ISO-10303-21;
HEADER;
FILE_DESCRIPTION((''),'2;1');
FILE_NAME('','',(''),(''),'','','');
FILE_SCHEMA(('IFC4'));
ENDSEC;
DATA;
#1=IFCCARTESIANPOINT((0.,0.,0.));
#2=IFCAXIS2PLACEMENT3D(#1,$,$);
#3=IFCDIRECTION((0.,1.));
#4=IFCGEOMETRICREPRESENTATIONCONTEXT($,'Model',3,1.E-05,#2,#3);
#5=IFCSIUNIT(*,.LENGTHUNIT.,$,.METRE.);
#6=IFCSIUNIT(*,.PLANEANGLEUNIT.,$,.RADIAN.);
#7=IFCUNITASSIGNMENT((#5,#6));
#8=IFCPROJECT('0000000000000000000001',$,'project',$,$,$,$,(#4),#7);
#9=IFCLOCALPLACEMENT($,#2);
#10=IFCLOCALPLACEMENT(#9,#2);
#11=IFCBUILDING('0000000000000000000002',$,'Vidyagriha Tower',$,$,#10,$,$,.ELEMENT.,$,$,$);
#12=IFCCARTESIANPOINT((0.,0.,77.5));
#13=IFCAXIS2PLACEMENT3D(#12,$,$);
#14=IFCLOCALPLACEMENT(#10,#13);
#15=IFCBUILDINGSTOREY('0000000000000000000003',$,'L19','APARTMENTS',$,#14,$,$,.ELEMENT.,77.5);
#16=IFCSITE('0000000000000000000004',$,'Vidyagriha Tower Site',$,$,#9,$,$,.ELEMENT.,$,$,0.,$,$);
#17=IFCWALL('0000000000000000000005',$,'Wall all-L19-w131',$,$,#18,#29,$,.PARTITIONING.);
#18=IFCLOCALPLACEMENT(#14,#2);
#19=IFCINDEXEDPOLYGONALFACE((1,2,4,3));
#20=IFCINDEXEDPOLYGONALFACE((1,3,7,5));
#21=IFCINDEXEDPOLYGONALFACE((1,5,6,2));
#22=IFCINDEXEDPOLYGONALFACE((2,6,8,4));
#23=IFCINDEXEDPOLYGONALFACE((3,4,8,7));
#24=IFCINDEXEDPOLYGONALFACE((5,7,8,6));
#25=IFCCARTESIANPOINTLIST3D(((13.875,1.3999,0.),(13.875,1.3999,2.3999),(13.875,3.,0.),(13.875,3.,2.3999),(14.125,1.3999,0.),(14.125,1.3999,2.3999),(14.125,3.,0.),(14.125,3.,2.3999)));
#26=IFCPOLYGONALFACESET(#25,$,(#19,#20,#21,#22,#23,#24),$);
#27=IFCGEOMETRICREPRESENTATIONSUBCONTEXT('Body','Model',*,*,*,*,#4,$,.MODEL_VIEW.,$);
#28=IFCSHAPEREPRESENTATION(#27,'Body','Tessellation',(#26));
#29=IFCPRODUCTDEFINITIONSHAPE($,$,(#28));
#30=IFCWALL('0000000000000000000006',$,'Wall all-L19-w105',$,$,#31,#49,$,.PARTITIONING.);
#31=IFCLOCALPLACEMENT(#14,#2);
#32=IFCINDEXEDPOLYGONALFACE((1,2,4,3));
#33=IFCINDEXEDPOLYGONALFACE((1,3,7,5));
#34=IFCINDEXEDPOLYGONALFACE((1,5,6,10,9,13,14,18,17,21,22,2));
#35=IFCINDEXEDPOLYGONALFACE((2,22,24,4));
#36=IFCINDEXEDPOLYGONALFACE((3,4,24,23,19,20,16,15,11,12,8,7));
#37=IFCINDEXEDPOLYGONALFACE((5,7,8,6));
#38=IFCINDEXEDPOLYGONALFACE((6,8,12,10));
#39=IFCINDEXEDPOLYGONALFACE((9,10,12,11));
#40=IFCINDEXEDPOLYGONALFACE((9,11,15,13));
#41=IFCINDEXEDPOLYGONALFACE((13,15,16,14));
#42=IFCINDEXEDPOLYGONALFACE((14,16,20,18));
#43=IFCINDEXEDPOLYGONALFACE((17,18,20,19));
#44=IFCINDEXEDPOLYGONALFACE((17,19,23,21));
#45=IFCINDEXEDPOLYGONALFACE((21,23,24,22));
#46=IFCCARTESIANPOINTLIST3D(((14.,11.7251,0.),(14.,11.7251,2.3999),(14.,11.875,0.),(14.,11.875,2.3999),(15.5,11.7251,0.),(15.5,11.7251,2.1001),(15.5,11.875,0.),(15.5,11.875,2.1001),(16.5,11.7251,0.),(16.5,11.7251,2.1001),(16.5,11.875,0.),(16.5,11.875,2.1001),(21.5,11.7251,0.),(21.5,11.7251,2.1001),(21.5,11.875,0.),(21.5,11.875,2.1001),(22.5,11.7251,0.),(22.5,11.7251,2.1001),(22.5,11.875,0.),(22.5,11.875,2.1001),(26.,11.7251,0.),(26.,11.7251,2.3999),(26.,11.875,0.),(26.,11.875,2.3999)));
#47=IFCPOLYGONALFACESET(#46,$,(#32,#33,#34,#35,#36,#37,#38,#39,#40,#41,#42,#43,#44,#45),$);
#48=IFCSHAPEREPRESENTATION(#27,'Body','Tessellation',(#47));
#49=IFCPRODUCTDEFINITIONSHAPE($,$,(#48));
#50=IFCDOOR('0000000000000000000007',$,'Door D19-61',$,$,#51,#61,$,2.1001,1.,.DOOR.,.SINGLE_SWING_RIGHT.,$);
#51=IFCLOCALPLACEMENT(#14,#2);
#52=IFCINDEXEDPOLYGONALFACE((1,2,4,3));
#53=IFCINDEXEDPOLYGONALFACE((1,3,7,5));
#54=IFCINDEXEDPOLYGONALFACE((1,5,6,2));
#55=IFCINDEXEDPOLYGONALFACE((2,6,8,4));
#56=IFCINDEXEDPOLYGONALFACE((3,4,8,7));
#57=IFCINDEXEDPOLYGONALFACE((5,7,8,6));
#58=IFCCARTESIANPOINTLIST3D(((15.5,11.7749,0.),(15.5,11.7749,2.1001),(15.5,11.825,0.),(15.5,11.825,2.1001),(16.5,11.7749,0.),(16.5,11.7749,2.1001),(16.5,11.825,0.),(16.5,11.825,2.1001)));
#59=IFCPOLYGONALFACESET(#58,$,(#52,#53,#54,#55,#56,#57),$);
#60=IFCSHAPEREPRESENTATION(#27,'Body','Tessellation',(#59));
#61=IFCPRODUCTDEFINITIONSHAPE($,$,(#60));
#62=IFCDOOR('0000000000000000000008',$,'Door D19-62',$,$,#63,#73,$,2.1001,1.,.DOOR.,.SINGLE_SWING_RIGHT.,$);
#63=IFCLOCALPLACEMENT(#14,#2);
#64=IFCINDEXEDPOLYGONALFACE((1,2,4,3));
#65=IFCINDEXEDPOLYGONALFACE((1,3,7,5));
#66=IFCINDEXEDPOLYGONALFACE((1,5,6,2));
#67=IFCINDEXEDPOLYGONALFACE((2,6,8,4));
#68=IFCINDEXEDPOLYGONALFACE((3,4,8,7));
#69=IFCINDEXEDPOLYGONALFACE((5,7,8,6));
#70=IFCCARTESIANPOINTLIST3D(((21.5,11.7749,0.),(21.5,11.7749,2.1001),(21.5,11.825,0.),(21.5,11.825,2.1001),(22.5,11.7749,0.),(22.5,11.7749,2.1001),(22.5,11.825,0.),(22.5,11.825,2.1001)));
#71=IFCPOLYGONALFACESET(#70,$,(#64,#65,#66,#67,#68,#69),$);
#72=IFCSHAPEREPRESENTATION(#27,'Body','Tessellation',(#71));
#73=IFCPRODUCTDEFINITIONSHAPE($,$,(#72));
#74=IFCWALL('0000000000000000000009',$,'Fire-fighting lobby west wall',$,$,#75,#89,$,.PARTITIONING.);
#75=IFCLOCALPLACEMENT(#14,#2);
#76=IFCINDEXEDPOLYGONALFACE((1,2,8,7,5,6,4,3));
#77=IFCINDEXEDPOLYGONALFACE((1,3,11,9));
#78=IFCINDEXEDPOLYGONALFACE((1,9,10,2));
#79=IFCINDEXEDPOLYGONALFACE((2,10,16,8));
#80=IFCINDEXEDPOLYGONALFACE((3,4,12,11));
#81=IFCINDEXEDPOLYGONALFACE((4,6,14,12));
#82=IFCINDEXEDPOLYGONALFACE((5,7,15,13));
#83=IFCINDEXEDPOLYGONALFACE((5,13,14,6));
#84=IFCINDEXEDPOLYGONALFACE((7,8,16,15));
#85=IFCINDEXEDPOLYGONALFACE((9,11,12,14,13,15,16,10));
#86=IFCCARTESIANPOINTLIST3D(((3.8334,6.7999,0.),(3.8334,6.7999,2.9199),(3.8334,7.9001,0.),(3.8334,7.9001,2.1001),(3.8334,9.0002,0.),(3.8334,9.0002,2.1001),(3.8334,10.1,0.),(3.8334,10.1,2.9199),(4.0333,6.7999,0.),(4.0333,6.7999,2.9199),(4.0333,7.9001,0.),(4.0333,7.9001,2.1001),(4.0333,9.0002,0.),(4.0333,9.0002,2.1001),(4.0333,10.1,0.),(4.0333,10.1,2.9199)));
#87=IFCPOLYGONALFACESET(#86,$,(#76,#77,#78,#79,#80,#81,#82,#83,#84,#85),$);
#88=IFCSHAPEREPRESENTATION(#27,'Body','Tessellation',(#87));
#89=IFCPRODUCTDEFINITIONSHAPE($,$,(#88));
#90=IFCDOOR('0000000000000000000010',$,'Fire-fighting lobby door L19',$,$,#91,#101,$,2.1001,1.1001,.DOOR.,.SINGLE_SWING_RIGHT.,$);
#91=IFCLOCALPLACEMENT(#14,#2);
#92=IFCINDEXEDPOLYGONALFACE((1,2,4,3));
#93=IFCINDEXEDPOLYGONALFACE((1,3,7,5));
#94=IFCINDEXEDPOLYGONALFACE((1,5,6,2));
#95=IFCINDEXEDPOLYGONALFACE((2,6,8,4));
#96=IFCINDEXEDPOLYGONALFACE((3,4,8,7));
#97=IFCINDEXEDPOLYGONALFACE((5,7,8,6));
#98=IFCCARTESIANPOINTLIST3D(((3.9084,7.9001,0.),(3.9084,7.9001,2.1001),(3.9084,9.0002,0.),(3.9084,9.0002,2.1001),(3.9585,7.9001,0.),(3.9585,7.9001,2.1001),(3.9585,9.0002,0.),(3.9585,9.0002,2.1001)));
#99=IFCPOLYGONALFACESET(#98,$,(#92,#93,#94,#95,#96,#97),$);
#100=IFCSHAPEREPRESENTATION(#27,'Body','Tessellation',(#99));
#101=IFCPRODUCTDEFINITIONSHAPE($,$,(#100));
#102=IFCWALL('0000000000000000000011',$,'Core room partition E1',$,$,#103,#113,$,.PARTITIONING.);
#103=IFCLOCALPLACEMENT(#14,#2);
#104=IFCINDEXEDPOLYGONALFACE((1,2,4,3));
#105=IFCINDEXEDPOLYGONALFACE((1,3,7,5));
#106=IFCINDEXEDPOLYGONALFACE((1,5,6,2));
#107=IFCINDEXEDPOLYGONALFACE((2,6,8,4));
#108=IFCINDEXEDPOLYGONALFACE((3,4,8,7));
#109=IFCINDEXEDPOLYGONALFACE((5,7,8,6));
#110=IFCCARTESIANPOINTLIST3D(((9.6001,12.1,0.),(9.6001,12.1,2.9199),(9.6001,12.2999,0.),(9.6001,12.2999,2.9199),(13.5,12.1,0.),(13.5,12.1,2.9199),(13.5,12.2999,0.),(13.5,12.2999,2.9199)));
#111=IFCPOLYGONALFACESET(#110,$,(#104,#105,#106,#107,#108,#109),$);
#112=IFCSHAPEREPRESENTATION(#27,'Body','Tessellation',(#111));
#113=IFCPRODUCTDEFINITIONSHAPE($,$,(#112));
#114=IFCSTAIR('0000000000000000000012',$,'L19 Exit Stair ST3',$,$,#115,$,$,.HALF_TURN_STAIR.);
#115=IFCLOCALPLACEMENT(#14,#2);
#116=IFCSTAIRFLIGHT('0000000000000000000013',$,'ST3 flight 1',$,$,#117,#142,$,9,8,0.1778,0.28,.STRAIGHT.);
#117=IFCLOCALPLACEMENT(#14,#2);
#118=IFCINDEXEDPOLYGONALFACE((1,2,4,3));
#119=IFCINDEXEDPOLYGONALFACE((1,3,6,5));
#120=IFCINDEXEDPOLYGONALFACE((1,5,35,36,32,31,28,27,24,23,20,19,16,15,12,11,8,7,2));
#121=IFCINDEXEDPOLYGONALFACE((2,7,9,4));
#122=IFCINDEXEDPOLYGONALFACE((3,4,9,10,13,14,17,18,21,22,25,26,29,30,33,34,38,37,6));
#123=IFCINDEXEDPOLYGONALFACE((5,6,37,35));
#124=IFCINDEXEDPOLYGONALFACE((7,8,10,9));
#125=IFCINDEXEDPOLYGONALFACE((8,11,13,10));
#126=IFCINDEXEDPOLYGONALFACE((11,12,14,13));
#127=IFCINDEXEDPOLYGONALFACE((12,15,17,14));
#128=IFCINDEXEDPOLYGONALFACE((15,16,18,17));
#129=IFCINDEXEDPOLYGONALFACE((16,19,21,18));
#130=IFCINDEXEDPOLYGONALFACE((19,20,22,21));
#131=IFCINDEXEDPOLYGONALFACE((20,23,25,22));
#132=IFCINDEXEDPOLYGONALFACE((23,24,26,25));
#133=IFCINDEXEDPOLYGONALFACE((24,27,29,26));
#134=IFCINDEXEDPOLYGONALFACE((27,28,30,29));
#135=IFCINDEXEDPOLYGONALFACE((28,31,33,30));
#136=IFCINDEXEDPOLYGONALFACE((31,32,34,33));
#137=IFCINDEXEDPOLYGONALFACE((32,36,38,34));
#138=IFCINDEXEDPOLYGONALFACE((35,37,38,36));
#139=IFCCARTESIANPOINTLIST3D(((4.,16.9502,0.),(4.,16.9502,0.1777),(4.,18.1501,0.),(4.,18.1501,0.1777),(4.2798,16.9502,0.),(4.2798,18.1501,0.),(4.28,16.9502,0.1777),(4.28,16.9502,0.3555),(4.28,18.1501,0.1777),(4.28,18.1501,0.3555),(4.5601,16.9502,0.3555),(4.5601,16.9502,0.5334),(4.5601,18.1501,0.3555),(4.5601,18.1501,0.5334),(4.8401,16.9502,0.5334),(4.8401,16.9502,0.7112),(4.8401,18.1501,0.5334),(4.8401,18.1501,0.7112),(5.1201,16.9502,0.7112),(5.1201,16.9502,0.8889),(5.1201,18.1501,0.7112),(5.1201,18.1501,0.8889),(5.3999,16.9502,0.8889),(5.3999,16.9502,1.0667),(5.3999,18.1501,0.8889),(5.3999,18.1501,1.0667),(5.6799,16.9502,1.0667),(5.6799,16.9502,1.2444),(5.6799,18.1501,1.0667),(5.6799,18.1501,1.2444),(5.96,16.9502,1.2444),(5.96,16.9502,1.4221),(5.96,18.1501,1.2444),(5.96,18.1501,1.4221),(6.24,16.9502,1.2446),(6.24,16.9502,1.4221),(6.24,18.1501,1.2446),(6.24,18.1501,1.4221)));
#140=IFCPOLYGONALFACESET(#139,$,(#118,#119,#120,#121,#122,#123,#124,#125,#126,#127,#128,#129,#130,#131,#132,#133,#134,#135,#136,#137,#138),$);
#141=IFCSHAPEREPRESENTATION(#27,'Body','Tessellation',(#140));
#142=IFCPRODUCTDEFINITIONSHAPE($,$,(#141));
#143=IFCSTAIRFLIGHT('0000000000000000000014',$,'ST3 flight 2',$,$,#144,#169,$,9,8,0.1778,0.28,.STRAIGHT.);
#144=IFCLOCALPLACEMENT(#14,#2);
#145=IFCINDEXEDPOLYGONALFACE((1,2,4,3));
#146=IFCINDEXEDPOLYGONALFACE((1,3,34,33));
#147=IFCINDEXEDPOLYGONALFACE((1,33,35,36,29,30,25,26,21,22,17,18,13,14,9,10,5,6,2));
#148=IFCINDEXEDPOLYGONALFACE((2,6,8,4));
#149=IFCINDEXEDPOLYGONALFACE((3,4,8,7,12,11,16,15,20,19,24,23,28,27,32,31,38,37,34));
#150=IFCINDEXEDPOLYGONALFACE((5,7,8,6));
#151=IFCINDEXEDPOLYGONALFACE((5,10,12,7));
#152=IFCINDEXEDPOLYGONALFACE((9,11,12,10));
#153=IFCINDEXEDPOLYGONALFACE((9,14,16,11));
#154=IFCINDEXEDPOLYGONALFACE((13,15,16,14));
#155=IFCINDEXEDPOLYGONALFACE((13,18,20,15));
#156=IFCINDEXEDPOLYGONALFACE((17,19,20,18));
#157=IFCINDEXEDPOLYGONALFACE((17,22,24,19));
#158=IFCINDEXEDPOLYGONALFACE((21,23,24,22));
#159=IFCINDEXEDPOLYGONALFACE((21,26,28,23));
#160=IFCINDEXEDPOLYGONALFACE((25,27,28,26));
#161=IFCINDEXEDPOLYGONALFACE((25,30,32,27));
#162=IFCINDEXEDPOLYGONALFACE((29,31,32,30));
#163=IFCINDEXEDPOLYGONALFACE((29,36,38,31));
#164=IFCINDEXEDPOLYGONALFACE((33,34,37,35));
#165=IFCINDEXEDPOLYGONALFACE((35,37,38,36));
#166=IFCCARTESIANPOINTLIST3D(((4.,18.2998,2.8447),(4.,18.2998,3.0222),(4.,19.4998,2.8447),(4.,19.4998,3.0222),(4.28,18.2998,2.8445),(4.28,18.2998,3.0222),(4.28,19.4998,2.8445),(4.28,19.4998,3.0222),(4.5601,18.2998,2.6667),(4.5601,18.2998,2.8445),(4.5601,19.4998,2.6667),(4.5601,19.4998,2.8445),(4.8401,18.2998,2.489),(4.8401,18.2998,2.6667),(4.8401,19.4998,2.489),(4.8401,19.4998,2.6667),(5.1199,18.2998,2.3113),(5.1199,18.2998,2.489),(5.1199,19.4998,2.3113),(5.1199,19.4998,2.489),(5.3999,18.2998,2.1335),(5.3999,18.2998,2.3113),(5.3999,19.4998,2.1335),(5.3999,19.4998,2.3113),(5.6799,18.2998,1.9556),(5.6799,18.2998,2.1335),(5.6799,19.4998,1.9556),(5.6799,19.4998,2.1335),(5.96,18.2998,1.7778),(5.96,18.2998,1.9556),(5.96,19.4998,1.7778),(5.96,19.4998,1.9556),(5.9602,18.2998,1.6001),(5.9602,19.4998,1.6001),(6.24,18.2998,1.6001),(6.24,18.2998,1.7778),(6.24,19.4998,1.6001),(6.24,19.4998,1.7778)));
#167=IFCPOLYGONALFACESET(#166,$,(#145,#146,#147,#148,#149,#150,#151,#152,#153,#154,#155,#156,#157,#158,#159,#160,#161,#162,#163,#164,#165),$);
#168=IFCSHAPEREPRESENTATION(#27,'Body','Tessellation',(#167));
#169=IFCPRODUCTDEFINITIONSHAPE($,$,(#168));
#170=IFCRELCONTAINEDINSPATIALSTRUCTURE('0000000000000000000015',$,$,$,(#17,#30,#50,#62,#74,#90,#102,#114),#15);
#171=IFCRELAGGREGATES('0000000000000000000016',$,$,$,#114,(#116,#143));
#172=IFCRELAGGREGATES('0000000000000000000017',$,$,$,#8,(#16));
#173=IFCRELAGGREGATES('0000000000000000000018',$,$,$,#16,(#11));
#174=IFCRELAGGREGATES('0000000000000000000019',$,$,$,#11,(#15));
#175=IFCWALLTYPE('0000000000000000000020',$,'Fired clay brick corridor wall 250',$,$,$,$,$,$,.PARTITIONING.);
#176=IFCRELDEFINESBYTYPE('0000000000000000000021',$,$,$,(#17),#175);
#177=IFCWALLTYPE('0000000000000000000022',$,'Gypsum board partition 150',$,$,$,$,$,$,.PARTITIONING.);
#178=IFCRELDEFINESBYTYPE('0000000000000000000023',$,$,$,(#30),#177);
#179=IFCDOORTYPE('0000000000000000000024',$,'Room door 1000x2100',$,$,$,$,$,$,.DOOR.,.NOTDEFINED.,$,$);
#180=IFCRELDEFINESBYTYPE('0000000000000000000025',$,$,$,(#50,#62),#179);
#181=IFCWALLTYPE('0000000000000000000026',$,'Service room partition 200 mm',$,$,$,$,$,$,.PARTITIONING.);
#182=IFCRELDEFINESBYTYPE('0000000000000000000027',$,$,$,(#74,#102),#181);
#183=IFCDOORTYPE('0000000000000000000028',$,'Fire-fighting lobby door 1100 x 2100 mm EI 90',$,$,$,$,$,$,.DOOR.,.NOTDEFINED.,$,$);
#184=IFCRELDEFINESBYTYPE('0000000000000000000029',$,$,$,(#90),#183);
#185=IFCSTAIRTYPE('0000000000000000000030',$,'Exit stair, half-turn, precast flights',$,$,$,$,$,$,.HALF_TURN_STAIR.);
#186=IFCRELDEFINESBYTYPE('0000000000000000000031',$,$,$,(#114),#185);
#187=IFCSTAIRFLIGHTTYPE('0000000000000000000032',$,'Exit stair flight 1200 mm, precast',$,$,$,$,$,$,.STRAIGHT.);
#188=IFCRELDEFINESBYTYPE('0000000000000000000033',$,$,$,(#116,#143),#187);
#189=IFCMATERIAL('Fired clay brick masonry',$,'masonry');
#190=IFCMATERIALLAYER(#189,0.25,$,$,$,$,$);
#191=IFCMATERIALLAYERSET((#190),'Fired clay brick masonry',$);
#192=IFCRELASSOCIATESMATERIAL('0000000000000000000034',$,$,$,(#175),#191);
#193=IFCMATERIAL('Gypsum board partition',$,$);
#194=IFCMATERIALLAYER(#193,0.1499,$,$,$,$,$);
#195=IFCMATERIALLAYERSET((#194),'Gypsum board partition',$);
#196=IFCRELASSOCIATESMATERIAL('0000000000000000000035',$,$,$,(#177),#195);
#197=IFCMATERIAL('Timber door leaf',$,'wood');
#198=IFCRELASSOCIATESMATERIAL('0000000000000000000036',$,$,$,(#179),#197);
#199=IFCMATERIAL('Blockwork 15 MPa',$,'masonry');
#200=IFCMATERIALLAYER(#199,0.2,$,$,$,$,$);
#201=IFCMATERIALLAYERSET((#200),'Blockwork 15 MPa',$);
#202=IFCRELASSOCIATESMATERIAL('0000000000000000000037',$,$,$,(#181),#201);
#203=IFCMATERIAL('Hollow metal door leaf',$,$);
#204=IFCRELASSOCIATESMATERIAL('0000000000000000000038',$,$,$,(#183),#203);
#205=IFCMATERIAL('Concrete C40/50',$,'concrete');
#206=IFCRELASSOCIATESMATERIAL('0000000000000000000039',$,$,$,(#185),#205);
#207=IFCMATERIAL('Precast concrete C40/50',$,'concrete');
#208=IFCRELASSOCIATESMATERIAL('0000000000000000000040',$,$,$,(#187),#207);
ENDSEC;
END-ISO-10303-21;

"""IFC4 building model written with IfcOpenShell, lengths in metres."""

from ifc_helpers import new_model, si_unit, direction, frame, frame_2d, origin, place, context, subcontext, project, spatial, polyline, rectangle, outline, extrude, material, layer, layer_set, type_object, element, fill, aggregate, save


model = new_model("IFC4")

# Units and contexts
model_context = context("Model", 3, precision=1e-05, world=origin(), true_north=direction((0.0, 1.0)))
body_context = subcontext(model_context, "Body", "Model", "MODEL_VIEW")
ifc_project = project(units=[si_unit("LENGTHUNIT", "METRE"), si_unit("PLANEANGLEUNIT", "RADIAN")], contexts=[model_context])

# Site, building, storey
site_placement = place(None, origin())
site = spatial("IfcSite", under=ifc_project, at=site_placement, Name="Vidyagriha Tower Site", CompositionType="ELEMENT", RefElevation=0.0)
building_placement = place(site_placement, origin())
building = spatial("IfcBuilding", under=site, at=building_placement, Name="Vidyagriha Tower", CompositionType="ELEMENT")
storey_placement = place(building_placement, frame((0.0, 0.0, 77.5)))
storey = spatial("IfcBuildingStorey", under=building, at=storey_placement, Name="L19", Description="APARTMENTS", CompositionType="ELEMENT", Elevation=77.5)

# Wall
ifc_material_1 = material(Name="Fired clay brick masonry", Category="masonry")
ifc_layer_1 = layer(ifc_material_1, 0.25)
ifc_layer_set_1 = layer_set([ifc_layer_1], Name="Fired clay brick masonry")
wall_type_1 = type_object("IfcWallType", Name="Fired clay brick corridor wall 250", PredefinedType="PARTITIONING", material=ifc_layer_set_1)
wall_1_placement = place(storey_placement, frame((14.0, 1.3999, 0.0), z_axis=(0.0, 0.0, 1.0), x_axis=(0.0, 1.0, 0.0)))
element("IfcWall", 1, at=wall_1_placement, inside=storey, type_object=wall_type_1, Name="Wall all-L19-w131", PredefinedType="PARTITIONING", context=body_context, shape_type="SweptSolid", body=[
    extrude(rectangle(XDim=1.6001, YDim=0.25, at=frame_2d((0.8, 0.0))), origin(), (0.0, 0.0, 1.0), 2.3999),
])

# Wall, openings, doors
ifc_material_2 = material(Name="Gypsum board partition")
ifc_layer_2 = layer(ifc_material_2, 0.1499)
ifc_layer_set_2 = layer_set([ifc_layer_2], Name="Gypsum board partition")
wall_type_2 = type_object("IfcWallType", Name="Gypsum board partition 150", PredefinedType="PARTITIONING", material=ifc_layer_set_2)
wall_2_placement = place(storey_placement, frame((14.0, 11.8, 0.0)))
wall_2 = element("IfcWall", 2, at=wall_2_placement, inside=storey, type_object=wall_type_2, Name="Wall all-L19-w105", PredefinedType="PARTITIONING", context=body_context, shape_type="SweptSolid", body=[
    extrude(rectangle(XDim=12.0, YDim=0.1499, at=frame_2d((6.0, 0.0))), origin(), (0.0, 0.0, 1.0), 2.3999),
])
opening_1_placement = place(wall_2_placement, frame((1.5, 0.0, 0.0)))
opening_1 = element("IfcOpeningElement", 3, at=opening_1_placement, cuts=wall_2, PredefinedType="OPENING", context=body_context, shape_type="SweptSolid", body=[
    extrude(rectangle(XDim=1.0, YDim=2.1001, at=frame_2d((0.5, 1.05))), frame((0.0, 0.085, 0.0), z_axis=(0.0, -1.0, 0.0), x_axis=(1.0, 0.0, 0.0)), (0.0, 0.0, 1.0), 0.1699),
])
opening_2_placement = place(wall_2_placement, frame((7.5, 0.0, 0.0)))
opening_2 = element("IfcOpeningElement", 4, at=opening_2_placement, cuts=wall_2, PredefinedType="OPENING", context=body_context, shape_type="SweptSolid", body=[
    extrude(rectangle(XDim=1.0, YDim=2.1001, at=frame_2d((0.5, 1.05))), frame((0.0, 0.085, 0.0), z_axis=(0.0, -1.0, 0.0), x_axis=(1.0, 0.0, 0.0)), (0.0, 0.0, 1.0), 0.1699),
])
ifc_material_3 = material(Name="Timber door leaf", Category="wood")
door_type_1 = type_object("IfcDoorType", Name="Room door 1000x2100", OperationType="NOTDEFINED", PredefinedType="DOOR", material=ifc_material_3)
door_1_placement = place(opening_1_placement, origin())
door_1 = element("IfcDoor", 5, at=door_1_placement, inside=storey, type_object=door_type_1, Name="Door D19-61", OperationType="SINGLE_SWING_RIGHT", OverallHeight=2.1001, OverallWidth=1.0, PredefinedType="DOOR", context=body_context, shape_type="SweptSolid", body=[
    extrude(rectangle(XDim=1.0, YDim=2.1001, at=frame_2d((0.5, 1.05))), frame((0.0, 0.0249, 0.0), z_axis=(0.0, -1.0, 0.0), x_axis=(1.0, 0.0, 0.0)), (0.0, 0.0, 1.0), 0.05),
])
fill(opening_1, door_1)
door_2_placement = place(opening_2_placement, origin())
door_2 = element("IfcDoor", 6, at=door_2_placement, inside=storey, type_object=door_type_1, Name="Door D19-62", OperationType="SINGLE_SWING_RIGHT", OverallHeight=2.1001, OverallWidth=1.0, PredefinedType="DOOR", context=body_context, shape_type="SweptSolid", body=[
    extrude(rectangle(XDim=1.0, YDim=2.1001, at=frame_2d((0.5, 1.05))), frame((0.0, 0.0249, 0.0), z_axis=(0.0, -1.0, 0.0), x_axis=(1.0, 0.0, 0.0)), (0.0, 0.0, 1.0), 0.05),
])
fill(opening_2, door_2)

# Wall, opening, door
ifc_material_4 = material(Name="Blockwork 15 MPa", Category="masonry")
ifc_layer_3 = layer(ifc_material_4, 0.2)
ifc_layer_set_3 = layer_set([ifc_layer_3], Name="Blockwork 15 MPa")
wall_type_3 = type_object("IfcWallType", Name="Service room partition 200 mm", PredefinedType="PARTITIONING", material=ifc_layer_set_3)
wall_3_placement = place(storey_placement, frame((3.9333, 6.8, 0.0), z_axis=(0.0, 0.0, 1.0), x_axis=(0.0, 1.0, 0.0)))
wall_3 = element("IfcWall", 7, at=wall_3_placement, inside=storey, type_object=wall_type_3, Name="Fire-fighting lobby west wall", PredefinedType="PARTITIONING", context=body_context, shape_type="SweptSolid", body=[
    extrude(rectangle(XDim=3.3, YDim=0.2, at=frame_2d((1.6499, 0.0))), origin(), (0.0, 0.0, 1.0), 2.9199),
])
opening_3_placement = place(wall_3_placement, frame((1.1001, 0.0, 0.0)))
opening_3 = element("IfcOpeningElement", 8, at=opening_3_placement, cuts=wall_3, PredefinedType="OPENING", context=body_context, shape_type="SweptSolid", body=[
    extrude(rectangle(XDim=1.1001, YDim=2.1001, at=frame_2d((0.55, 1.05))), frame((0.0, 0.1099, 0.0), z_axis=(0.0, -1.0, 0.0), x_axis=(1.0, 0.0, 0.0)), (0.0, 0.0, 1.0), 0.22),
])
ifc_material_5 = material(Name="Hollow metal door leaf")
door_type_2 = type_object("IfcDoorType", Name="Fire-fighting lobby door 1100 x 2100 mm EI 90", OperationType="NOTDEFINED", PredefinedType="DOOR", material=ifc_material_5)
door_3_placement = place(opening_3_placement, origin())
door_3 = element("IfcDoor", 9, at=door_3_placement, inside=storey, type_object=door_type_2, Name="Fire-fighting lobby door L19", OperationType="SINGLE_SWING_RIGHT", OverallHeight=2.1001, OverallWidth=1.1001, PredefinedType="DOOR", context=body_context, shape_type="SweptSolid", body=[
    extrude(rectangle(XDim=1.1001, YDim=2.1001, at=frame_2d((0.55, 1.05))), frame((0.0, 0.0249, 0.0), z_axis=(0.0, -1.0, 0.0), x_axis=(1.0, 0.0, 0.0)), (0.0, 0.0, 1.0), 0.05),
])
fill(opening_3, door_3)

# Wall
wall_4_placement = place(storey_placement, frame((9.6001, 12.2, 0.0)))
element("IfcWall", 10, at=wall_4_placement, inside=storey, type_object=wall_type_3, Name="Core room partition E1", PredefinedType="PARTITIONING", context=body_context, shape_type="SweptSolid", body=[
    extrude(rectangle(XDim=3.8999, YDim=0.2, at=frame_2d((1.95, 0.0))), origin(), (0.0, 0.0, 1.0), 2.9199),
])

# Stair, stair flights
ifc_material_6 = material(Name="Concrete C40/50", Category="concrete")
stair_type = type_object("IfcStairType", Name="Exit stair, half-turn, precast flights", PredefinedType="HALF_TURN_STAIR", material=ifc_material_6)
stair_placement = place(storey_placement, origin())
stair = element("IfcStair", 11, at=stair_placement, inside=storey, type_object=stair_type, Name="L19 Exit Stair ST3", PredefinedType="HALF_TURN_STAIR")
ifc_material_7 = material(Name="Precast concrete C40/50", Category="concrete")
stair_flight_type = type_object("IfcStairFlightType", Name="Exit stair flight 1200 mm, precast", PredefinedType="STRAIGHT", material=ifc_material_7)
stair_flight_1_placement = place(storey_placement, frame((4.0, 17.55, 0.0)))
stair_flight_1 = element("IfcStairFlight", 12, at=stair_flight_1_placement, type_object=stair_flight_type, Name="ST3 flight 1", NumberOfRisers=9, NumberOfTreads=8, PredefinedType="STRAIGHT", RiserHeight=0.1778, TreadLength=0.28, context=body_context, shape_type="SweptSolid", body=[
    extrude(outline(polyline([(0.0, 0.0), (0.0, 0.1777), (0.28, 0.1777), (0.28, 0.3555), (0.5601, 0.3555), (0.5601, 0.5334), (0.8401, 0.5334), (0.8401, 0.7112), (1.1201, 0.7112), (1.1201, 0.8889), (1.3999, 0.8889), (1.3999, 1.0667), (1.6799, 1.0667), (1.6799, 1.2444), (1.96, 1.2444), (1.96, 1.4221), (2.24, 1.4221), (2.24, 1.6001), (2.24, 1.2446), (0.2798, 0.0), (0.0, 0.0)])), frame((0.0, 0.6001, 0.0), z_axis=(0.0, -1.0, 0.0), x_axis=(1.0, 0.0, 0.0)), (0.0, 0.0, 1.0), 1.2),
])
stair_flight_2_placement = place(storey_placement, frame((6.24, 18.8999, 1.6001), z_axis=(0.0, 0.0, 1.0), x_axis=(-1.0, 0.0, 0.0)))
stair_flight_2 = element("IfcStairFlight", 13, at=stair_flight_2_placement, type_object=stair_flight_type, Name="ST3 flight 2", NumberOfRisers=9, NumberOfTreads=8, PredefinedType="STRAIGHT", RiserHeight=0.1778, TreadLength=0.28, context=body_context, shape_type="SweptSolid", body=[
    extrude(outline(polyline([(0.0, 0.0), (0.0, 0.1777), (0.28, 0.1777), (0.28, 0.3555), (0.5601, 0.3555), (0.5601, 0.5334), (0.8401, 0.5334), (0.8401, 0.7112), (1.1201, 0.7112), (1.1201, 0.8889), (1.3999, 0.8889), (1.3999, 1.0667), (1.6799, 1.0667), (1.6799, 1.2444), (1.96, 1.2444), (1.96, 1.4221), (2.24, 1.4221), (2.24, 1.6001), (2.24, 1.2446), (0.2798, 0.0), (0.0, 0.0)])), frame((0.0, 0.6001, 0.0), z_axis=(0.0, -1.0, 0.0), x_axis=(1.0, 0.0, 0.0)), (0.0, 0.0, 1.0), 1.2),
])
aggregate(stair, [stair_flight_1, stair_flight_2])

save(model, "model.ifc")
